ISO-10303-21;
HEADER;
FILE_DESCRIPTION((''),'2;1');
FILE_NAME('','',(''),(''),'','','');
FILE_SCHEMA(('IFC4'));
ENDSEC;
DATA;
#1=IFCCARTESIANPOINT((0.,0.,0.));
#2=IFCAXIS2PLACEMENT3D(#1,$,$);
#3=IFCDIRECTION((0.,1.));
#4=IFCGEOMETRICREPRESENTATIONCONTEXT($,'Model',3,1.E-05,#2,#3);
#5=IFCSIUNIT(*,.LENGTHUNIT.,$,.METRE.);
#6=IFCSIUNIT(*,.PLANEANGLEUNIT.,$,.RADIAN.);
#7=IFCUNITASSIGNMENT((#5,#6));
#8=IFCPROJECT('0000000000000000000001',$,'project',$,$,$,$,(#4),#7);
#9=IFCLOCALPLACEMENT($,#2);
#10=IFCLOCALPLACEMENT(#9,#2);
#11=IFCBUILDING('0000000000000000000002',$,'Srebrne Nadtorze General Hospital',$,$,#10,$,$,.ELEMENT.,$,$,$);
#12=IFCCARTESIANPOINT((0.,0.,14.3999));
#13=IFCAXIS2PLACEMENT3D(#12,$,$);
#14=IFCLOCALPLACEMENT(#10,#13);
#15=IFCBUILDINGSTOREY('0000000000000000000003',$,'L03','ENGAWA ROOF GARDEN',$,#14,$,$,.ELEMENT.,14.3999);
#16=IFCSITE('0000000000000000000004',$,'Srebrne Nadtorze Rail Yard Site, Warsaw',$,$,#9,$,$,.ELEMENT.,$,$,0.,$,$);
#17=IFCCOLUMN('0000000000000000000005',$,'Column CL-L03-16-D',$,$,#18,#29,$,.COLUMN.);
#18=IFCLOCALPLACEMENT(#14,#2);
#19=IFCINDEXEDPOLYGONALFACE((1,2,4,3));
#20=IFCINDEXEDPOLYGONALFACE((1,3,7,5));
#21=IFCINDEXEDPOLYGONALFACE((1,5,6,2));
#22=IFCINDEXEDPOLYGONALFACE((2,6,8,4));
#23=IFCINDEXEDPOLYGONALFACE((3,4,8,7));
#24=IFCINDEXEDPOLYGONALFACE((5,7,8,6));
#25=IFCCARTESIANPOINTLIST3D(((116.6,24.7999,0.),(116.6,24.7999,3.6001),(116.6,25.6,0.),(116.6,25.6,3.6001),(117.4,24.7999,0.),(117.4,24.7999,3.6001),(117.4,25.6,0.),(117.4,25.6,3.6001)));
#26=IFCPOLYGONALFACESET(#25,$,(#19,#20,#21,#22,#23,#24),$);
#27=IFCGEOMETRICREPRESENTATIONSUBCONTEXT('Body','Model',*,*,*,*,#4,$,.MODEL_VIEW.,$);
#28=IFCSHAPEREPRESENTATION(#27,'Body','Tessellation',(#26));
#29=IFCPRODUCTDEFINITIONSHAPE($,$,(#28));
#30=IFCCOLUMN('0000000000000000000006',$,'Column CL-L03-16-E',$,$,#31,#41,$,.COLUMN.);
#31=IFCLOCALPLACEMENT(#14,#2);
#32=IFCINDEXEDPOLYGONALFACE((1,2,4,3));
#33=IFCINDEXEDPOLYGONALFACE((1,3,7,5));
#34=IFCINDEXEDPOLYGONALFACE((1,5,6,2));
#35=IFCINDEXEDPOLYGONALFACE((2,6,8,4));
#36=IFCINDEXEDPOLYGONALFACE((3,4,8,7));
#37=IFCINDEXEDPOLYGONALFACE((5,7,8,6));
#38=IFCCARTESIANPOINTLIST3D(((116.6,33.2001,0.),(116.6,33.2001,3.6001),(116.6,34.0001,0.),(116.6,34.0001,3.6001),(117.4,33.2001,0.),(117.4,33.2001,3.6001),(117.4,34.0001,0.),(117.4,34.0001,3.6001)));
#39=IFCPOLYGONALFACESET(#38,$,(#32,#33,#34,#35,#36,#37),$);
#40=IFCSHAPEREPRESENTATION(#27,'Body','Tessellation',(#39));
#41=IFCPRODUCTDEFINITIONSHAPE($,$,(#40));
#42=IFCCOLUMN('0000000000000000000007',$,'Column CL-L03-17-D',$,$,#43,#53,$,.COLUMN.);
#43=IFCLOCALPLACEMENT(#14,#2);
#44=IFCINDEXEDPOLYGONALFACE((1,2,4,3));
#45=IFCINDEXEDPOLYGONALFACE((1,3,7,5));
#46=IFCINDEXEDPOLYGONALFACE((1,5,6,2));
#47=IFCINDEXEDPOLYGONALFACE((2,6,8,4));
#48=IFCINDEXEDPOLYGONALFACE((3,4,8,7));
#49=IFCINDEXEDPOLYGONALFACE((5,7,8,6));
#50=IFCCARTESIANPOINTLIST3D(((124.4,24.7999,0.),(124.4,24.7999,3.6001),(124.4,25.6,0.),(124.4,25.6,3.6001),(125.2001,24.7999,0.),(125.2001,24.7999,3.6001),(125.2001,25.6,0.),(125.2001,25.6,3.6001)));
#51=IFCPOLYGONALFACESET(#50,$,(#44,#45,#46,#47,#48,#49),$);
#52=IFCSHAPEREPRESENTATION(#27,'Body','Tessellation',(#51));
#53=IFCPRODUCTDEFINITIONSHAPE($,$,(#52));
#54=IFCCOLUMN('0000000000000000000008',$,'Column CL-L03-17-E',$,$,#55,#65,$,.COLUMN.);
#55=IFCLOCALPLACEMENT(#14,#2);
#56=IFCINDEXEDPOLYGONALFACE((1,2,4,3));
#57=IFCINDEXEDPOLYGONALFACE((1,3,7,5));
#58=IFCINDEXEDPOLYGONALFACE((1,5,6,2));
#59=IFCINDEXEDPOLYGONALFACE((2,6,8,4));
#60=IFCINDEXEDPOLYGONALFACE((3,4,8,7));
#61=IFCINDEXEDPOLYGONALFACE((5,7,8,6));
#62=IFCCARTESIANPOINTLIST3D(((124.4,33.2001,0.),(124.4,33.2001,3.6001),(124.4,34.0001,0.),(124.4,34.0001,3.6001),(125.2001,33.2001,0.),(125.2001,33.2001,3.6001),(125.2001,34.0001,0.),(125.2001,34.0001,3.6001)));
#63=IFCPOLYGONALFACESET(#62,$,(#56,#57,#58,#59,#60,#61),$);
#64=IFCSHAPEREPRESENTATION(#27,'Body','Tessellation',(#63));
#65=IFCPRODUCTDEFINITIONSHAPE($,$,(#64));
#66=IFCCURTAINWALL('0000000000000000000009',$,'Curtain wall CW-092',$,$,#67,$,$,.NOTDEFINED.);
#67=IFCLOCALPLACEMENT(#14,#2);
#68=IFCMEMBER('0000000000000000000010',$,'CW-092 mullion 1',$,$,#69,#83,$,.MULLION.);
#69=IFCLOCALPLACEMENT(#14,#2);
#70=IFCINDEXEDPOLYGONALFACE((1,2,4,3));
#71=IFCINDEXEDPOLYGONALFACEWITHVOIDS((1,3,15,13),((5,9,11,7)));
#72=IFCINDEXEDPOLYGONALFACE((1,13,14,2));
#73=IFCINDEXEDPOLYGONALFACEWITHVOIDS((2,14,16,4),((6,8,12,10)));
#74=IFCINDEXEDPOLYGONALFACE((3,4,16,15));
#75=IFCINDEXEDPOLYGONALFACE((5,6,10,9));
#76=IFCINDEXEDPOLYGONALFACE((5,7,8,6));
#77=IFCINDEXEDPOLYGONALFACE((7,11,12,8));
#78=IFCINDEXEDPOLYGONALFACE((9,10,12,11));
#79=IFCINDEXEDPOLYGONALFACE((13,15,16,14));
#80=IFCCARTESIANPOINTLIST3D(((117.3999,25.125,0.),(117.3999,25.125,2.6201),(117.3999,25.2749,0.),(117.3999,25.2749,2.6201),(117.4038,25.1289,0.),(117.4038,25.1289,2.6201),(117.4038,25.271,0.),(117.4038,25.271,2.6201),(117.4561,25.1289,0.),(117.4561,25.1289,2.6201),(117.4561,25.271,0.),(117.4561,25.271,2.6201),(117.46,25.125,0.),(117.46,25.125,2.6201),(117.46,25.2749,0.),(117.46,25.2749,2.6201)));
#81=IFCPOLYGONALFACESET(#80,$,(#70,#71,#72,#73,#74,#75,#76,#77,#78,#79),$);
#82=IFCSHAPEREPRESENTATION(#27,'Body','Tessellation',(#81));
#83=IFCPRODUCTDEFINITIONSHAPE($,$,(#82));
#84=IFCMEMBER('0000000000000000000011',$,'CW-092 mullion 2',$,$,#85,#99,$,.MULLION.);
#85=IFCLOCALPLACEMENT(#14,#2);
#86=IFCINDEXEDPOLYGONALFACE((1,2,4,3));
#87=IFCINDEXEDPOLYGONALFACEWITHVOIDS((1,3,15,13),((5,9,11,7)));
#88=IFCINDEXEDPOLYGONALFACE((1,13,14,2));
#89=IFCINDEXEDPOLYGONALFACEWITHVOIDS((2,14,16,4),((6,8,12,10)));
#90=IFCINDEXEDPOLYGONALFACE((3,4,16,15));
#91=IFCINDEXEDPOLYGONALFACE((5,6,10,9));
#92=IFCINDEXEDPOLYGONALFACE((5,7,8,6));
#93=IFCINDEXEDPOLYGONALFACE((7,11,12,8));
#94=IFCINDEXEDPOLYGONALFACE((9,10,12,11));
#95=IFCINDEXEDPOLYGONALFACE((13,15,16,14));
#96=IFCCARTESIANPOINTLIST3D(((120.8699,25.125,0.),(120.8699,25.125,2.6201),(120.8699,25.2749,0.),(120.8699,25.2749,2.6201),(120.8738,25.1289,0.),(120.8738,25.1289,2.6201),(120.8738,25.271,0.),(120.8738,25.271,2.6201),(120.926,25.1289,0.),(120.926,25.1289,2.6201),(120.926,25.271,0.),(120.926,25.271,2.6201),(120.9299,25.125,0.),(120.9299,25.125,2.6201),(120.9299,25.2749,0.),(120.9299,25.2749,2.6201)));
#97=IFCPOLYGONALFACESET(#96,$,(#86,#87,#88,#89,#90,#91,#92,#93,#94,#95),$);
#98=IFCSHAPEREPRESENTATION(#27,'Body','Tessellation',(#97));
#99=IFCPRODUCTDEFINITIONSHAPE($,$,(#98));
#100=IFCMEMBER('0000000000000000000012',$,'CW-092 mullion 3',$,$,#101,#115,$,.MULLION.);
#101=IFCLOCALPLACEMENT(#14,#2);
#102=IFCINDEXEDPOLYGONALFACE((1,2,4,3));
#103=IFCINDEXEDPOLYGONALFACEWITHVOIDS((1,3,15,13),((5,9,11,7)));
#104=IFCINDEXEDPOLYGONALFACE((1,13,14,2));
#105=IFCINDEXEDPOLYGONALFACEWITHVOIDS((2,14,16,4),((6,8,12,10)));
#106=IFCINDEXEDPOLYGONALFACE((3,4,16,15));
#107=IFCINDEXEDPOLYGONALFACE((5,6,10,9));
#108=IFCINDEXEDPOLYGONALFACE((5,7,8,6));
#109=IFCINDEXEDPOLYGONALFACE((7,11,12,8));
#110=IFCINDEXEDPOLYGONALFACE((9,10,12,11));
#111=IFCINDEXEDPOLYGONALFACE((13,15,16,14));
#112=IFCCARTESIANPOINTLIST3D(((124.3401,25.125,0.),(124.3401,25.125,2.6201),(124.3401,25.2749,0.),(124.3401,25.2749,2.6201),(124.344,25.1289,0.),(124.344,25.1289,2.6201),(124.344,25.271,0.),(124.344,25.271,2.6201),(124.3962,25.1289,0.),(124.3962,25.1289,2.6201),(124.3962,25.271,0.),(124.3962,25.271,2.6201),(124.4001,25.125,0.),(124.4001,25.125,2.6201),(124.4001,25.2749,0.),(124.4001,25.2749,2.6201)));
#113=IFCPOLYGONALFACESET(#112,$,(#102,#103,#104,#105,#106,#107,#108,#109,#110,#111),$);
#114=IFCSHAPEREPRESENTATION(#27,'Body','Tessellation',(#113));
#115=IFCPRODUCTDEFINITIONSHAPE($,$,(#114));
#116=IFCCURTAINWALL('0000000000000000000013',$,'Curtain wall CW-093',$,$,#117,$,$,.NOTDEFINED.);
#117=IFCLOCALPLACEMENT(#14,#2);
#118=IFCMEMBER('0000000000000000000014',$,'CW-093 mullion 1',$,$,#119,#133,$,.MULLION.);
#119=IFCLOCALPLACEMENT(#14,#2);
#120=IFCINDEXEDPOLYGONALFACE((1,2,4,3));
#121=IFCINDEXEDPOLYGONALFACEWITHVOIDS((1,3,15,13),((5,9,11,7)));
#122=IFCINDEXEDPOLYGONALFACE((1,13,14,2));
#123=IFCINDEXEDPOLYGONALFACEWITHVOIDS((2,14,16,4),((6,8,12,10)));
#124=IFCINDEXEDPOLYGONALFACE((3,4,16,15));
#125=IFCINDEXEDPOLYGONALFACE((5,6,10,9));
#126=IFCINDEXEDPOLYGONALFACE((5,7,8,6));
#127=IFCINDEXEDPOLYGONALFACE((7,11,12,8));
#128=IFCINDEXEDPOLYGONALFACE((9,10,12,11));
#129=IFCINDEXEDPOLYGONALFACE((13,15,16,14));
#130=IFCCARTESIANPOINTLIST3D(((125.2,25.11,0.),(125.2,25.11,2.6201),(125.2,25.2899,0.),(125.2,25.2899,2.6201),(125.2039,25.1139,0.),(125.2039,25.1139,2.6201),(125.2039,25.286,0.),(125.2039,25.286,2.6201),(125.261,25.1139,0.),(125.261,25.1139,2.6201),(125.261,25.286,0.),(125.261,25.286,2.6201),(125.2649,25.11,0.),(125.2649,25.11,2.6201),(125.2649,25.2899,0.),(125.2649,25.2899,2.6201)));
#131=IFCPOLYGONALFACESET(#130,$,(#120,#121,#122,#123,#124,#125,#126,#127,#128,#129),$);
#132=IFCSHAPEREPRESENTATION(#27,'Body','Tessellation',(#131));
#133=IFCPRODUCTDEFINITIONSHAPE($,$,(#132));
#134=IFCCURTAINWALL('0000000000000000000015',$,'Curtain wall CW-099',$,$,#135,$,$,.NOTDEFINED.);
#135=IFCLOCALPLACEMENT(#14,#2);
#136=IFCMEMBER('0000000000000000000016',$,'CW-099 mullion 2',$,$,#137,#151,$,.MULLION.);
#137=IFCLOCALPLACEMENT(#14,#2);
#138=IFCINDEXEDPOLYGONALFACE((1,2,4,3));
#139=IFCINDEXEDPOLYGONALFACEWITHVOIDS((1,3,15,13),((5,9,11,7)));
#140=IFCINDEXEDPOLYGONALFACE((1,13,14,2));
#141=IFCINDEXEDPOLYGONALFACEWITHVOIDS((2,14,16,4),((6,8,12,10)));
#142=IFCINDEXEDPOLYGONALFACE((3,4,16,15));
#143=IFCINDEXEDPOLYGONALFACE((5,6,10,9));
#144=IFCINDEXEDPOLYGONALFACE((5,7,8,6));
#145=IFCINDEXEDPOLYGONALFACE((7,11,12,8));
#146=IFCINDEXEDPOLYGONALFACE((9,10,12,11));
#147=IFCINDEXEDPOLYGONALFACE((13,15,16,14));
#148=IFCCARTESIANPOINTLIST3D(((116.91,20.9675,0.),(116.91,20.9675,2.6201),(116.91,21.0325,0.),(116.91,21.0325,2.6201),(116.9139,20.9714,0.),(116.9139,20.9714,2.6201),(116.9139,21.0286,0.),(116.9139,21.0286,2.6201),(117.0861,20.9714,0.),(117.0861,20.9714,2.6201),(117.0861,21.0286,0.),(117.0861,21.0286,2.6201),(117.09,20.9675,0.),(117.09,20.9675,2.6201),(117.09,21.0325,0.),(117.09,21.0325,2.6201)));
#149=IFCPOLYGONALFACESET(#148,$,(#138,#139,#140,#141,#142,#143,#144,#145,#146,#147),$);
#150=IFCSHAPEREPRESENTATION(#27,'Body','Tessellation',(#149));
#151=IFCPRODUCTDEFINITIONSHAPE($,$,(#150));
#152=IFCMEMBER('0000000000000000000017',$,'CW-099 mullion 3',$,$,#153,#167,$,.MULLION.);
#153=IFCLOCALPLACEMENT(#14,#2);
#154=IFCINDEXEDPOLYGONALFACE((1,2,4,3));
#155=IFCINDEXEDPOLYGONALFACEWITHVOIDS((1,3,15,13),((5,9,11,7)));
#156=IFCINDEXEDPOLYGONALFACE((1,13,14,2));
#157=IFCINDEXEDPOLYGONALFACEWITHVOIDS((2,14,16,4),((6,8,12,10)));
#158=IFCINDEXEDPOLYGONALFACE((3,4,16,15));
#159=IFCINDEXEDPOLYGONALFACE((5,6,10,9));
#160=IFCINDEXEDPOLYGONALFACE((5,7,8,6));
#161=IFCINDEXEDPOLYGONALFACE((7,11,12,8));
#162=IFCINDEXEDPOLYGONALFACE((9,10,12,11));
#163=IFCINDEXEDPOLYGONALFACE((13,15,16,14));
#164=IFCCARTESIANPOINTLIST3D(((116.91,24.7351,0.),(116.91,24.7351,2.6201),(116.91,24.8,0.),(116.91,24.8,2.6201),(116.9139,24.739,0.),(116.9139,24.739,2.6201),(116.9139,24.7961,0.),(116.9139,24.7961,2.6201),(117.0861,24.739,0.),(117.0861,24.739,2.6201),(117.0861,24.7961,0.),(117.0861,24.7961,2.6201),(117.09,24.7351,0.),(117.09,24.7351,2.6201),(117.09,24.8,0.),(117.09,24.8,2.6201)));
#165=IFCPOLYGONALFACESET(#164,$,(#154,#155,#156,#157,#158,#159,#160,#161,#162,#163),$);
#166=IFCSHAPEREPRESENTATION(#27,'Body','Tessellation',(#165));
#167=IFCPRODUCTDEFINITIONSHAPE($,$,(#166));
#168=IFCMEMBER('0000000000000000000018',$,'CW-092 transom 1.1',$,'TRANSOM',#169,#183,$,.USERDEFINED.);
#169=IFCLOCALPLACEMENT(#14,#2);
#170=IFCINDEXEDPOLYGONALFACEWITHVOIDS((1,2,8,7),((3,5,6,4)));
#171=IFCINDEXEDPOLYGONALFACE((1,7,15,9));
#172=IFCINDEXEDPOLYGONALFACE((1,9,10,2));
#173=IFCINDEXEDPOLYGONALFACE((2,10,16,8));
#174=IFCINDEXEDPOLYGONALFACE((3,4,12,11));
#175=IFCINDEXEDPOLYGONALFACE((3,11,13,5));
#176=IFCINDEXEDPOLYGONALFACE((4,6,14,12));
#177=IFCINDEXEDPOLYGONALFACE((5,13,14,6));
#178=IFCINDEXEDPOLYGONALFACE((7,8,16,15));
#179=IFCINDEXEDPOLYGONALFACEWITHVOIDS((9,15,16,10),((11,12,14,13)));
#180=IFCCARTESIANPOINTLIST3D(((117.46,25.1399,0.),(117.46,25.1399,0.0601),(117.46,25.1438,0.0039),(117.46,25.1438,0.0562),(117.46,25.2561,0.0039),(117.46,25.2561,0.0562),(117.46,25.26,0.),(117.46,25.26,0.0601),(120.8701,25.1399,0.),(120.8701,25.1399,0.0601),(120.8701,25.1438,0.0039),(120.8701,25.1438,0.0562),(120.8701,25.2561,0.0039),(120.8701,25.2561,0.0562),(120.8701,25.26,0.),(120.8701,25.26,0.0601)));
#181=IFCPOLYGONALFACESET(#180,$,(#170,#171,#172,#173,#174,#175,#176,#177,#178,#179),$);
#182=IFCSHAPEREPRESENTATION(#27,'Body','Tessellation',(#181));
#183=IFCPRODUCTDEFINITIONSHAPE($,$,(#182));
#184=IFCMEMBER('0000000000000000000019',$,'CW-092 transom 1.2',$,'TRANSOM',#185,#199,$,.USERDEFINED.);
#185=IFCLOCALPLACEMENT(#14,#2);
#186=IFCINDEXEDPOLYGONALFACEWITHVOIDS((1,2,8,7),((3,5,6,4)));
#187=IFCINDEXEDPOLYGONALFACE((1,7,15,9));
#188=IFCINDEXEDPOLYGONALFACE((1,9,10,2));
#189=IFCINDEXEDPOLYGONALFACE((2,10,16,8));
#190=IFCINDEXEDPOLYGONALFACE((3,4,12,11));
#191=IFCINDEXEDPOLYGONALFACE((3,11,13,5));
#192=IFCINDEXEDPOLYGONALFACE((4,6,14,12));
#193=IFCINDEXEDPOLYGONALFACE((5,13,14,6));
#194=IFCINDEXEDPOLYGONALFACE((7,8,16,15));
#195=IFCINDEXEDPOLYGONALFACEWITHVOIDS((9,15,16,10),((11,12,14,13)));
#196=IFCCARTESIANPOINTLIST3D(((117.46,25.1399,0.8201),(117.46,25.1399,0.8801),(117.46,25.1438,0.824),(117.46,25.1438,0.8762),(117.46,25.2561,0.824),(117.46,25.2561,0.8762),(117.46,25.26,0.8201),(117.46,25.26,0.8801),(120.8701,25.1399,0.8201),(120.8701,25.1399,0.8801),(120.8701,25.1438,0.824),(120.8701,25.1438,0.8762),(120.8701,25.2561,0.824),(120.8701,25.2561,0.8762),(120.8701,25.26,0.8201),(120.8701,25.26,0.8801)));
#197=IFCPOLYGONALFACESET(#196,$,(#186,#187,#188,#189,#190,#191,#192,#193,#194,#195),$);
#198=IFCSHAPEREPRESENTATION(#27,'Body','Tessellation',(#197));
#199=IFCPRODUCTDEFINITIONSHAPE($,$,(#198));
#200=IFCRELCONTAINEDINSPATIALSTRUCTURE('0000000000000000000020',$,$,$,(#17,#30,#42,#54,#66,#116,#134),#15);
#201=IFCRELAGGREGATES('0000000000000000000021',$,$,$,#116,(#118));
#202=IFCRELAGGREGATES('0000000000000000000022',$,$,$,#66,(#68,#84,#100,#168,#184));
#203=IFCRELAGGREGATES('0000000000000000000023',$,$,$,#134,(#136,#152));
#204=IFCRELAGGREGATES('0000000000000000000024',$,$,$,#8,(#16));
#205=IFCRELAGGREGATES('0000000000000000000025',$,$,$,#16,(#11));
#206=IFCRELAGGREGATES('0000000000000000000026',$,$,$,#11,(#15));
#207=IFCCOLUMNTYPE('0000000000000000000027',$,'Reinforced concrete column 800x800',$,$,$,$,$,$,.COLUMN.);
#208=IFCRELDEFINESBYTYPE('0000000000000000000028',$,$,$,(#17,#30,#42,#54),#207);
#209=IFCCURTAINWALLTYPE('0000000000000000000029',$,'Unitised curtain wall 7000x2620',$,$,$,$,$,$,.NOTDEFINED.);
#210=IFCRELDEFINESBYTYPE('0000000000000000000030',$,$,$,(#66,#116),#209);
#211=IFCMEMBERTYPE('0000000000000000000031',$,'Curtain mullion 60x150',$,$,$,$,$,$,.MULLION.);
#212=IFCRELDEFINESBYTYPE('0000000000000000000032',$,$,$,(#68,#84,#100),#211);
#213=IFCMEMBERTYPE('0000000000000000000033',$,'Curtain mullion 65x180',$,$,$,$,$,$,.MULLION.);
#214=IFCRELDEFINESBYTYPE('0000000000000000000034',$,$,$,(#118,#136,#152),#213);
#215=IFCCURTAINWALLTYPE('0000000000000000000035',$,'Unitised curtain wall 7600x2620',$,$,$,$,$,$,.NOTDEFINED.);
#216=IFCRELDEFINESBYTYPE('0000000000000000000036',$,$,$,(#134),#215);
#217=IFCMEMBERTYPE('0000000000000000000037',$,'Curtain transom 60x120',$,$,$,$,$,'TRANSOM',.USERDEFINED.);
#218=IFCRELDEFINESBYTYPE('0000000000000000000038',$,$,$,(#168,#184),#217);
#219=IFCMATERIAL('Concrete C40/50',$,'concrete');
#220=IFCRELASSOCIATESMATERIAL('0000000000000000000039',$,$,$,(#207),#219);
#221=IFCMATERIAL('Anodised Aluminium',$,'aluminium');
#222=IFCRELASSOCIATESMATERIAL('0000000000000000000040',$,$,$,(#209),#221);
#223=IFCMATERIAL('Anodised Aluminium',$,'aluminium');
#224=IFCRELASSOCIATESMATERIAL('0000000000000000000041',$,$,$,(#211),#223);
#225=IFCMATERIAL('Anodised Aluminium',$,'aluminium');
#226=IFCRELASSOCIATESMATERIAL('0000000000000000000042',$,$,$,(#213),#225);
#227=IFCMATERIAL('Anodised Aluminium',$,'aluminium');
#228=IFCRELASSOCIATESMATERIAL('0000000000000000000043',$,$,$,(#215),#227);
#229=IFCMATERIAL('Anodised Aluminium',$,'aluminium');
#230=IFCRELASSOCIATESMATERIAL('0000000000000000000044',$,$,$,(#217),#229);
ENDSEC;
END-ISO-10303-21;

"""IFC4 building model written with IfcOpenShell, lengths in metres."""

from ifc_helpers import new_model, si_unit, direction, frame, origin, origin_2d, place, context, subcontext, project, spatial, rectangle, hollow_rectangle, extrude, material, material_profile, profile_set, type_object, element, aggregate, save


model = new_model("IFC4")

# Units and contexts
model_context = context("Model", 3, precision=1e-05, world=origin(), true_north=direction((0.0, 1.0)))
body_context = subcontext(model_context, "Body", "Model", "MODEL_VIEW")
ifc_project = project(units=[si_unit("LENGTHUNIT", "METRE"), si_unit("PLANEANGLEUNIT", "RADIAN")], contexts=[model_context])

# Site, building, storey
site_placement = place(None, origin())
site = spatial("IfcSite", under=ifc_project, at=site_placement, Name="Srebrne Nadtorze Rail Yard Site, Warsaw", CompositionType="ELEMENT", RefElevation=0.0)
building_placement = place(site_placement, origin())
building = spatial("IfcBuilding", under=site, at=building_placement, Name="Srebrne Nadtorze General Hospital", CompositionType="ELEMENT")
storey_placement = place(building_placement, frame((0.0, 0.0, 14.3999)))
storey = spatial("IfcBuildingStorey", under=building, at=storey_placement, Name="L03", Description="ENGAWA ROOF GARDEN", CompositionType="ELEMENT", Elevation=14.3999)

# Columns
ifc_material_1 = material(Name="Concrete C40/50", Category="concrete")
ifc_material_profile_1 = material_profile(ifc_material_1, rectangle(XDim=0.8, YDim=0.8, at=origin_2d()), Name="RC-COL-800x800")
ifc_profile_set_1 = profile_set([ifc_material_profile_1], Name="Concrete C40/50")
column_type = type_object("IfcColumnType", Name="Reinforced concrete column 800x800", PredefinedType="COLUMN", material=ifc_profile_set_1)
for number, where, z_axis, x_axis, name in (
    (1, (117.0, 25.2, 0.0), (0.0, 0.0, 1.0), (1.0, 0.0, 0.0), "Column CL-L03-16-D"),
    (2, (117.0, 33.6001, 0.0), (0.0, 0.0, 1.0), (1.0, 0.0, 0.0), "Column CL-L03-16-E"),
    (3, (124.8, 25.2, 0.0), (0.0, 0.0, 1.0), (1.0, 0.0, 0.0), "Column CL-L03-17-D"),
    (4, (124.8, 33.6001, 0.0), (0.0, 0.0, 1.0), (1.0, 0.0, 0.0), "Column CL-L03-17-E"),
):
    element("IfcColumn", number, at=place(storey_placement, frame(where, z_axis=z_axis, x_axis=x_axis)), inside=storey, type_object=column_type, Name=name, PredefinedType="COLUMN", context=body_context, shape_type="SweptSolid", body=[
        extrude(rectangle(XDim=0.8, YDim=0.8, at=origin_2d()), origin(), (0.0, 0.0, 1.0), 3.6001),
    ])

# Curtain wall, members
ifc_material_2 = material(Name="Anodised Aluminium", Category="aluminium")
curtain_wall_type_1 = type_object("IfcCurtainWallType", Name="Unitised curtain wall 7000x2620", PredefinedType="NOTDEFINED", material=ifc_material_2)
curtain_wall_1_placement = place(storey_placement, origin())
curtain_wall_1 = element("IfcCurtainWall", 5, at=curtain_wall_1_placement, inside=storey, type_object=curtain_wall_type_1, Name="Curtain wall CW-092", PredefinedType="NOTDEFINED")
ifc_material_3 = material(Name="Anodised Aluminium", Category="aluminium")
ifc_material_profile_2 = material_profile(ifc_material_3, hollow_rectangle(XDim=0.0601, YDim=0.1499, WallThickness=0.0039, at=origin_2d()), Name="AL-MUL-60x150")
ifc_profile_set_2 = profile_set([ifc_material_profile_2], Name="Anodised Aluminium")
member_type_1 = type_object("IfcMemberType", Name="Curtain mullion 60x150", PredefinedType="MULLION", material=ifc_profile_set_2)
member_1_placement = place(storey_placement, frame((117.4299, 25.2, 0.0), z_axis=(0.0, 0.0, 1.0), x_axis=(1.0, 0.0, 0.0)))
member_1 = element("IfcMember", 6, at=member_1_placement, type_object=member_type_1, Name="CW-092 mullion 1", PredefinedType="MULLION", context=body_context, shape_type="SweptSolid", body=[
    extrude(hollow_rectangle(XDim=0.0601, YDim=0.1499, WallThickness=0.0039, at=origin_2d()), origin(), (0.0, 0.0, 1.0), 2.6201),
])
member_2_placement = place(storey_placement, frame((120.8999, 25.2, 0.0), z_axis=(0.0, 0.0, 1.0), x_axis=(1.0, 0.0, 0.0)))
member_2 = element("IfcMember", 7, at=member_2_placement, type_object=member_type_1, Name="CW-092 mullion 2", PredefinedType="MULLION", context=body_context, shape_type="SweptSolid", body=[
    extrude(hollow_rectangle(XDim=0.0601, YDim=0.1499, WallThickness=0.0039, at=origin_2d()), origin(), (0.0, 0.0, 1.0), 2.6201),
])
member_3_placement = place(storey_placement, frame((124.3701, 25.2, 0.0), z_axis=(0.0, 0.0, 1.0), x_axis=(1.0, 0.0, 0.0)))
member_3 = element("IfcMember", 8, at=member_3_placement, type_object=member_type_1, Name="CW-092 mullion 3", PredefinedType="MULLION", context=body_context, shape_type="SweptSolid", body=[
    extrude(hollow_rectangle(XDim=0.0601, YDim=0.1499, WallThickness=0.0039, at=origin_2d()), origin(), (0.0, 0.0, 1.0), 2.6201),
])

# Curtain wall, member
curtain_wall_2_placement = place(storey_placement, origin())
curtain_wall_2 = element("IfcCurtainWall", 9, at=curtain_wall_2_placement, inside=storey, type_object=curtain_wall_type_1, Name="Curtain wall CW-093", PredefinedType="NOTDEFINED")
ifc_material_4 = material(Name="Anodised Aluminium", Category="aluminium")
ifc_material_profile_3 = material_profile(ifc_material_4, hollow_rectangle(XDim=0.0649, YDim=0.1799, WallThickness=0.0039, at=origin_2d()), Name="AL-MUL-65x180")
ifc_profile_set_3 = profile_set([ifc_material_profile_3], Name="Anodised Aluminium")
member_type_2 = type_object("IfcMemberType", Name="Curtain mullion 65x180", PredefinedType="MULLION", material=ifc_profile_set_3)
member_4_placement = place(storey_placement, frame((125.2324, 25.2, 0.0), z_axis=(0.0, 0.0, 1.0), x_axis=(1.0, 0.0, 0.0)))
member_4 = element("IfcMember", 10, at=member_4_placement, type_object=member_type_2, Name="CW-093 mullion 1", PredefinedType="MULLION", context=body_context, shape_type="SweptSolid", body=[
    extrude(hollow_rectangle(XDim=0.0649, YDim=0.1799, WallThickness=0.0039, at=origin_2d()), origin(), (0.0, 0.0, 1.0), 2.6201),
])
aggregate(curtain_wall_2, [member_4])

# Curtain wall, members
ifc_material_5 = material(Name="Anodised Aluminium", Category="aluminium")
curtain_wall_type_2 = type_object("IfcCurtainWallType", Name="Unitised curtain wall 7600x2620", PredefinedType="NOTDEFINED", material=ifc_material_5)
curtain_wall_3_placement = place(storey_placement, origin())
curtain_wall_3 = element("IfcCurtainWall", 11, at=curtain_wall_3_placement, inside=storey, type_object=curtain_wall_type_2, Name="Curtain wall CW-099", PredefinedType="NOTDEFINED")
member_5_placement = place(storey_placement, frame((117.0, 21.0, 0.0), z_axis=(0.0, 0.0, 1.0), x_axis=(0.0, 1.0, 0.0)))
member_5 = element("IfcMember", 12, at=member_5_placement, type_object=member_type_2, Name="CW-099 mullion 2", PredefinedType="MULLION", context=body_context, shape_type="SweptSolid", body=[
    extrude(hollow_rectangle(XDim=0.0649, YDim=0.1799, WallThickness=0.0039, at=origin_2d()), origin(), (0.0, 0.0, 1.0), 2.6201),
])
member_6_placement = place(storey_placement, frame((117.0, 24.7676, 0.0), z_axis=(0.0, 0.0, 1.0), x_axis=(0.0, 1.0, 0.0)))
member_6 = element("IfcMember", 13, at=member_6_placement, type_object=member_type_2, Name="CW-099 mullion 3", PredefinedType="MULLION", context=body_context, shape_type="SweptSolid", body=[
    extrude(hollow_rectangle(XDim=0.0649, YDim=0.1799, WallThickness=0.0039, at=origin_2d()), origin(), (0.0, 0.0, 1.0), 2.6201),
])

# Members
ifc_material_6 = material(Name="Anodised Aluminium", Category="aluminium")
ifc_material_profile_4 = material_profile(ifc_material_6, hollow_rectangle(XDim=0.0601, YDim=0.1201, WallThickness=0.0039, at=origin_2d()), Name="AL-TRN-60x120")
ifc_profile_set_4 = profile_set([ifc_material_profile_4], Name="Anodised Aluminium")
member_type_3 = type_object("IfcMemberType", Name="Curtain transom 60x120", ElementType="TRANSOM", PredefinedType="USERDEFINED", material=ifc_profile_set_4)
member_7_placement = place(storey_placement, frame((117.46, 25.2, 0.03), z_axis=(1.0, 0.0, 0.0), x_axis=(0.0, 0.0, 1.0)))
member_7 = element("IfcMember", 14, at=member_7_placement, type_object=member_type_3, Name="CW-092 transom 1.1", ObjectType="TRANSOM", PredefinedType="USERDEFINED", context=body_context, shape_type="SweptSolid", body=[
    extrude(hollow_rectangle(XDim=0.0601, YDim=0.1201, WallThickness=0.0039, at=origin_2d()), origin(), (0.0, 0.0, 1.0), 3.4102),
])
member_8_placement = place(storey_placement, frame((117.46, 25.2, 0.8501), z_axis=(1.0, 0.0, 0.0), x_axis=(0.0, 0.0, 1.0)))
member_8 = element("IfcMember", 15, at=member_8_placement, type_object=member_type_3, Name="CW-092 transom 1.2", ObjectType="TRANSOM", PredefinedType="USERDEFINED", context=body_context, shape_type="SweptSolid", body=[
    extrude(hollow_rectangle(XDim=0.0601, YDim=0.1201, WallThickness=0.0039, at=origin_2d()), origin(), (0.0, 0.0, 1.0), 3.4102),
])

aggregate(curtain_wall_1, [member_1, member_2, member_3, member_7, member_8])
aggregate(curtain_wall_3, [member_5, member_6])

save(model, "model.ifc")
